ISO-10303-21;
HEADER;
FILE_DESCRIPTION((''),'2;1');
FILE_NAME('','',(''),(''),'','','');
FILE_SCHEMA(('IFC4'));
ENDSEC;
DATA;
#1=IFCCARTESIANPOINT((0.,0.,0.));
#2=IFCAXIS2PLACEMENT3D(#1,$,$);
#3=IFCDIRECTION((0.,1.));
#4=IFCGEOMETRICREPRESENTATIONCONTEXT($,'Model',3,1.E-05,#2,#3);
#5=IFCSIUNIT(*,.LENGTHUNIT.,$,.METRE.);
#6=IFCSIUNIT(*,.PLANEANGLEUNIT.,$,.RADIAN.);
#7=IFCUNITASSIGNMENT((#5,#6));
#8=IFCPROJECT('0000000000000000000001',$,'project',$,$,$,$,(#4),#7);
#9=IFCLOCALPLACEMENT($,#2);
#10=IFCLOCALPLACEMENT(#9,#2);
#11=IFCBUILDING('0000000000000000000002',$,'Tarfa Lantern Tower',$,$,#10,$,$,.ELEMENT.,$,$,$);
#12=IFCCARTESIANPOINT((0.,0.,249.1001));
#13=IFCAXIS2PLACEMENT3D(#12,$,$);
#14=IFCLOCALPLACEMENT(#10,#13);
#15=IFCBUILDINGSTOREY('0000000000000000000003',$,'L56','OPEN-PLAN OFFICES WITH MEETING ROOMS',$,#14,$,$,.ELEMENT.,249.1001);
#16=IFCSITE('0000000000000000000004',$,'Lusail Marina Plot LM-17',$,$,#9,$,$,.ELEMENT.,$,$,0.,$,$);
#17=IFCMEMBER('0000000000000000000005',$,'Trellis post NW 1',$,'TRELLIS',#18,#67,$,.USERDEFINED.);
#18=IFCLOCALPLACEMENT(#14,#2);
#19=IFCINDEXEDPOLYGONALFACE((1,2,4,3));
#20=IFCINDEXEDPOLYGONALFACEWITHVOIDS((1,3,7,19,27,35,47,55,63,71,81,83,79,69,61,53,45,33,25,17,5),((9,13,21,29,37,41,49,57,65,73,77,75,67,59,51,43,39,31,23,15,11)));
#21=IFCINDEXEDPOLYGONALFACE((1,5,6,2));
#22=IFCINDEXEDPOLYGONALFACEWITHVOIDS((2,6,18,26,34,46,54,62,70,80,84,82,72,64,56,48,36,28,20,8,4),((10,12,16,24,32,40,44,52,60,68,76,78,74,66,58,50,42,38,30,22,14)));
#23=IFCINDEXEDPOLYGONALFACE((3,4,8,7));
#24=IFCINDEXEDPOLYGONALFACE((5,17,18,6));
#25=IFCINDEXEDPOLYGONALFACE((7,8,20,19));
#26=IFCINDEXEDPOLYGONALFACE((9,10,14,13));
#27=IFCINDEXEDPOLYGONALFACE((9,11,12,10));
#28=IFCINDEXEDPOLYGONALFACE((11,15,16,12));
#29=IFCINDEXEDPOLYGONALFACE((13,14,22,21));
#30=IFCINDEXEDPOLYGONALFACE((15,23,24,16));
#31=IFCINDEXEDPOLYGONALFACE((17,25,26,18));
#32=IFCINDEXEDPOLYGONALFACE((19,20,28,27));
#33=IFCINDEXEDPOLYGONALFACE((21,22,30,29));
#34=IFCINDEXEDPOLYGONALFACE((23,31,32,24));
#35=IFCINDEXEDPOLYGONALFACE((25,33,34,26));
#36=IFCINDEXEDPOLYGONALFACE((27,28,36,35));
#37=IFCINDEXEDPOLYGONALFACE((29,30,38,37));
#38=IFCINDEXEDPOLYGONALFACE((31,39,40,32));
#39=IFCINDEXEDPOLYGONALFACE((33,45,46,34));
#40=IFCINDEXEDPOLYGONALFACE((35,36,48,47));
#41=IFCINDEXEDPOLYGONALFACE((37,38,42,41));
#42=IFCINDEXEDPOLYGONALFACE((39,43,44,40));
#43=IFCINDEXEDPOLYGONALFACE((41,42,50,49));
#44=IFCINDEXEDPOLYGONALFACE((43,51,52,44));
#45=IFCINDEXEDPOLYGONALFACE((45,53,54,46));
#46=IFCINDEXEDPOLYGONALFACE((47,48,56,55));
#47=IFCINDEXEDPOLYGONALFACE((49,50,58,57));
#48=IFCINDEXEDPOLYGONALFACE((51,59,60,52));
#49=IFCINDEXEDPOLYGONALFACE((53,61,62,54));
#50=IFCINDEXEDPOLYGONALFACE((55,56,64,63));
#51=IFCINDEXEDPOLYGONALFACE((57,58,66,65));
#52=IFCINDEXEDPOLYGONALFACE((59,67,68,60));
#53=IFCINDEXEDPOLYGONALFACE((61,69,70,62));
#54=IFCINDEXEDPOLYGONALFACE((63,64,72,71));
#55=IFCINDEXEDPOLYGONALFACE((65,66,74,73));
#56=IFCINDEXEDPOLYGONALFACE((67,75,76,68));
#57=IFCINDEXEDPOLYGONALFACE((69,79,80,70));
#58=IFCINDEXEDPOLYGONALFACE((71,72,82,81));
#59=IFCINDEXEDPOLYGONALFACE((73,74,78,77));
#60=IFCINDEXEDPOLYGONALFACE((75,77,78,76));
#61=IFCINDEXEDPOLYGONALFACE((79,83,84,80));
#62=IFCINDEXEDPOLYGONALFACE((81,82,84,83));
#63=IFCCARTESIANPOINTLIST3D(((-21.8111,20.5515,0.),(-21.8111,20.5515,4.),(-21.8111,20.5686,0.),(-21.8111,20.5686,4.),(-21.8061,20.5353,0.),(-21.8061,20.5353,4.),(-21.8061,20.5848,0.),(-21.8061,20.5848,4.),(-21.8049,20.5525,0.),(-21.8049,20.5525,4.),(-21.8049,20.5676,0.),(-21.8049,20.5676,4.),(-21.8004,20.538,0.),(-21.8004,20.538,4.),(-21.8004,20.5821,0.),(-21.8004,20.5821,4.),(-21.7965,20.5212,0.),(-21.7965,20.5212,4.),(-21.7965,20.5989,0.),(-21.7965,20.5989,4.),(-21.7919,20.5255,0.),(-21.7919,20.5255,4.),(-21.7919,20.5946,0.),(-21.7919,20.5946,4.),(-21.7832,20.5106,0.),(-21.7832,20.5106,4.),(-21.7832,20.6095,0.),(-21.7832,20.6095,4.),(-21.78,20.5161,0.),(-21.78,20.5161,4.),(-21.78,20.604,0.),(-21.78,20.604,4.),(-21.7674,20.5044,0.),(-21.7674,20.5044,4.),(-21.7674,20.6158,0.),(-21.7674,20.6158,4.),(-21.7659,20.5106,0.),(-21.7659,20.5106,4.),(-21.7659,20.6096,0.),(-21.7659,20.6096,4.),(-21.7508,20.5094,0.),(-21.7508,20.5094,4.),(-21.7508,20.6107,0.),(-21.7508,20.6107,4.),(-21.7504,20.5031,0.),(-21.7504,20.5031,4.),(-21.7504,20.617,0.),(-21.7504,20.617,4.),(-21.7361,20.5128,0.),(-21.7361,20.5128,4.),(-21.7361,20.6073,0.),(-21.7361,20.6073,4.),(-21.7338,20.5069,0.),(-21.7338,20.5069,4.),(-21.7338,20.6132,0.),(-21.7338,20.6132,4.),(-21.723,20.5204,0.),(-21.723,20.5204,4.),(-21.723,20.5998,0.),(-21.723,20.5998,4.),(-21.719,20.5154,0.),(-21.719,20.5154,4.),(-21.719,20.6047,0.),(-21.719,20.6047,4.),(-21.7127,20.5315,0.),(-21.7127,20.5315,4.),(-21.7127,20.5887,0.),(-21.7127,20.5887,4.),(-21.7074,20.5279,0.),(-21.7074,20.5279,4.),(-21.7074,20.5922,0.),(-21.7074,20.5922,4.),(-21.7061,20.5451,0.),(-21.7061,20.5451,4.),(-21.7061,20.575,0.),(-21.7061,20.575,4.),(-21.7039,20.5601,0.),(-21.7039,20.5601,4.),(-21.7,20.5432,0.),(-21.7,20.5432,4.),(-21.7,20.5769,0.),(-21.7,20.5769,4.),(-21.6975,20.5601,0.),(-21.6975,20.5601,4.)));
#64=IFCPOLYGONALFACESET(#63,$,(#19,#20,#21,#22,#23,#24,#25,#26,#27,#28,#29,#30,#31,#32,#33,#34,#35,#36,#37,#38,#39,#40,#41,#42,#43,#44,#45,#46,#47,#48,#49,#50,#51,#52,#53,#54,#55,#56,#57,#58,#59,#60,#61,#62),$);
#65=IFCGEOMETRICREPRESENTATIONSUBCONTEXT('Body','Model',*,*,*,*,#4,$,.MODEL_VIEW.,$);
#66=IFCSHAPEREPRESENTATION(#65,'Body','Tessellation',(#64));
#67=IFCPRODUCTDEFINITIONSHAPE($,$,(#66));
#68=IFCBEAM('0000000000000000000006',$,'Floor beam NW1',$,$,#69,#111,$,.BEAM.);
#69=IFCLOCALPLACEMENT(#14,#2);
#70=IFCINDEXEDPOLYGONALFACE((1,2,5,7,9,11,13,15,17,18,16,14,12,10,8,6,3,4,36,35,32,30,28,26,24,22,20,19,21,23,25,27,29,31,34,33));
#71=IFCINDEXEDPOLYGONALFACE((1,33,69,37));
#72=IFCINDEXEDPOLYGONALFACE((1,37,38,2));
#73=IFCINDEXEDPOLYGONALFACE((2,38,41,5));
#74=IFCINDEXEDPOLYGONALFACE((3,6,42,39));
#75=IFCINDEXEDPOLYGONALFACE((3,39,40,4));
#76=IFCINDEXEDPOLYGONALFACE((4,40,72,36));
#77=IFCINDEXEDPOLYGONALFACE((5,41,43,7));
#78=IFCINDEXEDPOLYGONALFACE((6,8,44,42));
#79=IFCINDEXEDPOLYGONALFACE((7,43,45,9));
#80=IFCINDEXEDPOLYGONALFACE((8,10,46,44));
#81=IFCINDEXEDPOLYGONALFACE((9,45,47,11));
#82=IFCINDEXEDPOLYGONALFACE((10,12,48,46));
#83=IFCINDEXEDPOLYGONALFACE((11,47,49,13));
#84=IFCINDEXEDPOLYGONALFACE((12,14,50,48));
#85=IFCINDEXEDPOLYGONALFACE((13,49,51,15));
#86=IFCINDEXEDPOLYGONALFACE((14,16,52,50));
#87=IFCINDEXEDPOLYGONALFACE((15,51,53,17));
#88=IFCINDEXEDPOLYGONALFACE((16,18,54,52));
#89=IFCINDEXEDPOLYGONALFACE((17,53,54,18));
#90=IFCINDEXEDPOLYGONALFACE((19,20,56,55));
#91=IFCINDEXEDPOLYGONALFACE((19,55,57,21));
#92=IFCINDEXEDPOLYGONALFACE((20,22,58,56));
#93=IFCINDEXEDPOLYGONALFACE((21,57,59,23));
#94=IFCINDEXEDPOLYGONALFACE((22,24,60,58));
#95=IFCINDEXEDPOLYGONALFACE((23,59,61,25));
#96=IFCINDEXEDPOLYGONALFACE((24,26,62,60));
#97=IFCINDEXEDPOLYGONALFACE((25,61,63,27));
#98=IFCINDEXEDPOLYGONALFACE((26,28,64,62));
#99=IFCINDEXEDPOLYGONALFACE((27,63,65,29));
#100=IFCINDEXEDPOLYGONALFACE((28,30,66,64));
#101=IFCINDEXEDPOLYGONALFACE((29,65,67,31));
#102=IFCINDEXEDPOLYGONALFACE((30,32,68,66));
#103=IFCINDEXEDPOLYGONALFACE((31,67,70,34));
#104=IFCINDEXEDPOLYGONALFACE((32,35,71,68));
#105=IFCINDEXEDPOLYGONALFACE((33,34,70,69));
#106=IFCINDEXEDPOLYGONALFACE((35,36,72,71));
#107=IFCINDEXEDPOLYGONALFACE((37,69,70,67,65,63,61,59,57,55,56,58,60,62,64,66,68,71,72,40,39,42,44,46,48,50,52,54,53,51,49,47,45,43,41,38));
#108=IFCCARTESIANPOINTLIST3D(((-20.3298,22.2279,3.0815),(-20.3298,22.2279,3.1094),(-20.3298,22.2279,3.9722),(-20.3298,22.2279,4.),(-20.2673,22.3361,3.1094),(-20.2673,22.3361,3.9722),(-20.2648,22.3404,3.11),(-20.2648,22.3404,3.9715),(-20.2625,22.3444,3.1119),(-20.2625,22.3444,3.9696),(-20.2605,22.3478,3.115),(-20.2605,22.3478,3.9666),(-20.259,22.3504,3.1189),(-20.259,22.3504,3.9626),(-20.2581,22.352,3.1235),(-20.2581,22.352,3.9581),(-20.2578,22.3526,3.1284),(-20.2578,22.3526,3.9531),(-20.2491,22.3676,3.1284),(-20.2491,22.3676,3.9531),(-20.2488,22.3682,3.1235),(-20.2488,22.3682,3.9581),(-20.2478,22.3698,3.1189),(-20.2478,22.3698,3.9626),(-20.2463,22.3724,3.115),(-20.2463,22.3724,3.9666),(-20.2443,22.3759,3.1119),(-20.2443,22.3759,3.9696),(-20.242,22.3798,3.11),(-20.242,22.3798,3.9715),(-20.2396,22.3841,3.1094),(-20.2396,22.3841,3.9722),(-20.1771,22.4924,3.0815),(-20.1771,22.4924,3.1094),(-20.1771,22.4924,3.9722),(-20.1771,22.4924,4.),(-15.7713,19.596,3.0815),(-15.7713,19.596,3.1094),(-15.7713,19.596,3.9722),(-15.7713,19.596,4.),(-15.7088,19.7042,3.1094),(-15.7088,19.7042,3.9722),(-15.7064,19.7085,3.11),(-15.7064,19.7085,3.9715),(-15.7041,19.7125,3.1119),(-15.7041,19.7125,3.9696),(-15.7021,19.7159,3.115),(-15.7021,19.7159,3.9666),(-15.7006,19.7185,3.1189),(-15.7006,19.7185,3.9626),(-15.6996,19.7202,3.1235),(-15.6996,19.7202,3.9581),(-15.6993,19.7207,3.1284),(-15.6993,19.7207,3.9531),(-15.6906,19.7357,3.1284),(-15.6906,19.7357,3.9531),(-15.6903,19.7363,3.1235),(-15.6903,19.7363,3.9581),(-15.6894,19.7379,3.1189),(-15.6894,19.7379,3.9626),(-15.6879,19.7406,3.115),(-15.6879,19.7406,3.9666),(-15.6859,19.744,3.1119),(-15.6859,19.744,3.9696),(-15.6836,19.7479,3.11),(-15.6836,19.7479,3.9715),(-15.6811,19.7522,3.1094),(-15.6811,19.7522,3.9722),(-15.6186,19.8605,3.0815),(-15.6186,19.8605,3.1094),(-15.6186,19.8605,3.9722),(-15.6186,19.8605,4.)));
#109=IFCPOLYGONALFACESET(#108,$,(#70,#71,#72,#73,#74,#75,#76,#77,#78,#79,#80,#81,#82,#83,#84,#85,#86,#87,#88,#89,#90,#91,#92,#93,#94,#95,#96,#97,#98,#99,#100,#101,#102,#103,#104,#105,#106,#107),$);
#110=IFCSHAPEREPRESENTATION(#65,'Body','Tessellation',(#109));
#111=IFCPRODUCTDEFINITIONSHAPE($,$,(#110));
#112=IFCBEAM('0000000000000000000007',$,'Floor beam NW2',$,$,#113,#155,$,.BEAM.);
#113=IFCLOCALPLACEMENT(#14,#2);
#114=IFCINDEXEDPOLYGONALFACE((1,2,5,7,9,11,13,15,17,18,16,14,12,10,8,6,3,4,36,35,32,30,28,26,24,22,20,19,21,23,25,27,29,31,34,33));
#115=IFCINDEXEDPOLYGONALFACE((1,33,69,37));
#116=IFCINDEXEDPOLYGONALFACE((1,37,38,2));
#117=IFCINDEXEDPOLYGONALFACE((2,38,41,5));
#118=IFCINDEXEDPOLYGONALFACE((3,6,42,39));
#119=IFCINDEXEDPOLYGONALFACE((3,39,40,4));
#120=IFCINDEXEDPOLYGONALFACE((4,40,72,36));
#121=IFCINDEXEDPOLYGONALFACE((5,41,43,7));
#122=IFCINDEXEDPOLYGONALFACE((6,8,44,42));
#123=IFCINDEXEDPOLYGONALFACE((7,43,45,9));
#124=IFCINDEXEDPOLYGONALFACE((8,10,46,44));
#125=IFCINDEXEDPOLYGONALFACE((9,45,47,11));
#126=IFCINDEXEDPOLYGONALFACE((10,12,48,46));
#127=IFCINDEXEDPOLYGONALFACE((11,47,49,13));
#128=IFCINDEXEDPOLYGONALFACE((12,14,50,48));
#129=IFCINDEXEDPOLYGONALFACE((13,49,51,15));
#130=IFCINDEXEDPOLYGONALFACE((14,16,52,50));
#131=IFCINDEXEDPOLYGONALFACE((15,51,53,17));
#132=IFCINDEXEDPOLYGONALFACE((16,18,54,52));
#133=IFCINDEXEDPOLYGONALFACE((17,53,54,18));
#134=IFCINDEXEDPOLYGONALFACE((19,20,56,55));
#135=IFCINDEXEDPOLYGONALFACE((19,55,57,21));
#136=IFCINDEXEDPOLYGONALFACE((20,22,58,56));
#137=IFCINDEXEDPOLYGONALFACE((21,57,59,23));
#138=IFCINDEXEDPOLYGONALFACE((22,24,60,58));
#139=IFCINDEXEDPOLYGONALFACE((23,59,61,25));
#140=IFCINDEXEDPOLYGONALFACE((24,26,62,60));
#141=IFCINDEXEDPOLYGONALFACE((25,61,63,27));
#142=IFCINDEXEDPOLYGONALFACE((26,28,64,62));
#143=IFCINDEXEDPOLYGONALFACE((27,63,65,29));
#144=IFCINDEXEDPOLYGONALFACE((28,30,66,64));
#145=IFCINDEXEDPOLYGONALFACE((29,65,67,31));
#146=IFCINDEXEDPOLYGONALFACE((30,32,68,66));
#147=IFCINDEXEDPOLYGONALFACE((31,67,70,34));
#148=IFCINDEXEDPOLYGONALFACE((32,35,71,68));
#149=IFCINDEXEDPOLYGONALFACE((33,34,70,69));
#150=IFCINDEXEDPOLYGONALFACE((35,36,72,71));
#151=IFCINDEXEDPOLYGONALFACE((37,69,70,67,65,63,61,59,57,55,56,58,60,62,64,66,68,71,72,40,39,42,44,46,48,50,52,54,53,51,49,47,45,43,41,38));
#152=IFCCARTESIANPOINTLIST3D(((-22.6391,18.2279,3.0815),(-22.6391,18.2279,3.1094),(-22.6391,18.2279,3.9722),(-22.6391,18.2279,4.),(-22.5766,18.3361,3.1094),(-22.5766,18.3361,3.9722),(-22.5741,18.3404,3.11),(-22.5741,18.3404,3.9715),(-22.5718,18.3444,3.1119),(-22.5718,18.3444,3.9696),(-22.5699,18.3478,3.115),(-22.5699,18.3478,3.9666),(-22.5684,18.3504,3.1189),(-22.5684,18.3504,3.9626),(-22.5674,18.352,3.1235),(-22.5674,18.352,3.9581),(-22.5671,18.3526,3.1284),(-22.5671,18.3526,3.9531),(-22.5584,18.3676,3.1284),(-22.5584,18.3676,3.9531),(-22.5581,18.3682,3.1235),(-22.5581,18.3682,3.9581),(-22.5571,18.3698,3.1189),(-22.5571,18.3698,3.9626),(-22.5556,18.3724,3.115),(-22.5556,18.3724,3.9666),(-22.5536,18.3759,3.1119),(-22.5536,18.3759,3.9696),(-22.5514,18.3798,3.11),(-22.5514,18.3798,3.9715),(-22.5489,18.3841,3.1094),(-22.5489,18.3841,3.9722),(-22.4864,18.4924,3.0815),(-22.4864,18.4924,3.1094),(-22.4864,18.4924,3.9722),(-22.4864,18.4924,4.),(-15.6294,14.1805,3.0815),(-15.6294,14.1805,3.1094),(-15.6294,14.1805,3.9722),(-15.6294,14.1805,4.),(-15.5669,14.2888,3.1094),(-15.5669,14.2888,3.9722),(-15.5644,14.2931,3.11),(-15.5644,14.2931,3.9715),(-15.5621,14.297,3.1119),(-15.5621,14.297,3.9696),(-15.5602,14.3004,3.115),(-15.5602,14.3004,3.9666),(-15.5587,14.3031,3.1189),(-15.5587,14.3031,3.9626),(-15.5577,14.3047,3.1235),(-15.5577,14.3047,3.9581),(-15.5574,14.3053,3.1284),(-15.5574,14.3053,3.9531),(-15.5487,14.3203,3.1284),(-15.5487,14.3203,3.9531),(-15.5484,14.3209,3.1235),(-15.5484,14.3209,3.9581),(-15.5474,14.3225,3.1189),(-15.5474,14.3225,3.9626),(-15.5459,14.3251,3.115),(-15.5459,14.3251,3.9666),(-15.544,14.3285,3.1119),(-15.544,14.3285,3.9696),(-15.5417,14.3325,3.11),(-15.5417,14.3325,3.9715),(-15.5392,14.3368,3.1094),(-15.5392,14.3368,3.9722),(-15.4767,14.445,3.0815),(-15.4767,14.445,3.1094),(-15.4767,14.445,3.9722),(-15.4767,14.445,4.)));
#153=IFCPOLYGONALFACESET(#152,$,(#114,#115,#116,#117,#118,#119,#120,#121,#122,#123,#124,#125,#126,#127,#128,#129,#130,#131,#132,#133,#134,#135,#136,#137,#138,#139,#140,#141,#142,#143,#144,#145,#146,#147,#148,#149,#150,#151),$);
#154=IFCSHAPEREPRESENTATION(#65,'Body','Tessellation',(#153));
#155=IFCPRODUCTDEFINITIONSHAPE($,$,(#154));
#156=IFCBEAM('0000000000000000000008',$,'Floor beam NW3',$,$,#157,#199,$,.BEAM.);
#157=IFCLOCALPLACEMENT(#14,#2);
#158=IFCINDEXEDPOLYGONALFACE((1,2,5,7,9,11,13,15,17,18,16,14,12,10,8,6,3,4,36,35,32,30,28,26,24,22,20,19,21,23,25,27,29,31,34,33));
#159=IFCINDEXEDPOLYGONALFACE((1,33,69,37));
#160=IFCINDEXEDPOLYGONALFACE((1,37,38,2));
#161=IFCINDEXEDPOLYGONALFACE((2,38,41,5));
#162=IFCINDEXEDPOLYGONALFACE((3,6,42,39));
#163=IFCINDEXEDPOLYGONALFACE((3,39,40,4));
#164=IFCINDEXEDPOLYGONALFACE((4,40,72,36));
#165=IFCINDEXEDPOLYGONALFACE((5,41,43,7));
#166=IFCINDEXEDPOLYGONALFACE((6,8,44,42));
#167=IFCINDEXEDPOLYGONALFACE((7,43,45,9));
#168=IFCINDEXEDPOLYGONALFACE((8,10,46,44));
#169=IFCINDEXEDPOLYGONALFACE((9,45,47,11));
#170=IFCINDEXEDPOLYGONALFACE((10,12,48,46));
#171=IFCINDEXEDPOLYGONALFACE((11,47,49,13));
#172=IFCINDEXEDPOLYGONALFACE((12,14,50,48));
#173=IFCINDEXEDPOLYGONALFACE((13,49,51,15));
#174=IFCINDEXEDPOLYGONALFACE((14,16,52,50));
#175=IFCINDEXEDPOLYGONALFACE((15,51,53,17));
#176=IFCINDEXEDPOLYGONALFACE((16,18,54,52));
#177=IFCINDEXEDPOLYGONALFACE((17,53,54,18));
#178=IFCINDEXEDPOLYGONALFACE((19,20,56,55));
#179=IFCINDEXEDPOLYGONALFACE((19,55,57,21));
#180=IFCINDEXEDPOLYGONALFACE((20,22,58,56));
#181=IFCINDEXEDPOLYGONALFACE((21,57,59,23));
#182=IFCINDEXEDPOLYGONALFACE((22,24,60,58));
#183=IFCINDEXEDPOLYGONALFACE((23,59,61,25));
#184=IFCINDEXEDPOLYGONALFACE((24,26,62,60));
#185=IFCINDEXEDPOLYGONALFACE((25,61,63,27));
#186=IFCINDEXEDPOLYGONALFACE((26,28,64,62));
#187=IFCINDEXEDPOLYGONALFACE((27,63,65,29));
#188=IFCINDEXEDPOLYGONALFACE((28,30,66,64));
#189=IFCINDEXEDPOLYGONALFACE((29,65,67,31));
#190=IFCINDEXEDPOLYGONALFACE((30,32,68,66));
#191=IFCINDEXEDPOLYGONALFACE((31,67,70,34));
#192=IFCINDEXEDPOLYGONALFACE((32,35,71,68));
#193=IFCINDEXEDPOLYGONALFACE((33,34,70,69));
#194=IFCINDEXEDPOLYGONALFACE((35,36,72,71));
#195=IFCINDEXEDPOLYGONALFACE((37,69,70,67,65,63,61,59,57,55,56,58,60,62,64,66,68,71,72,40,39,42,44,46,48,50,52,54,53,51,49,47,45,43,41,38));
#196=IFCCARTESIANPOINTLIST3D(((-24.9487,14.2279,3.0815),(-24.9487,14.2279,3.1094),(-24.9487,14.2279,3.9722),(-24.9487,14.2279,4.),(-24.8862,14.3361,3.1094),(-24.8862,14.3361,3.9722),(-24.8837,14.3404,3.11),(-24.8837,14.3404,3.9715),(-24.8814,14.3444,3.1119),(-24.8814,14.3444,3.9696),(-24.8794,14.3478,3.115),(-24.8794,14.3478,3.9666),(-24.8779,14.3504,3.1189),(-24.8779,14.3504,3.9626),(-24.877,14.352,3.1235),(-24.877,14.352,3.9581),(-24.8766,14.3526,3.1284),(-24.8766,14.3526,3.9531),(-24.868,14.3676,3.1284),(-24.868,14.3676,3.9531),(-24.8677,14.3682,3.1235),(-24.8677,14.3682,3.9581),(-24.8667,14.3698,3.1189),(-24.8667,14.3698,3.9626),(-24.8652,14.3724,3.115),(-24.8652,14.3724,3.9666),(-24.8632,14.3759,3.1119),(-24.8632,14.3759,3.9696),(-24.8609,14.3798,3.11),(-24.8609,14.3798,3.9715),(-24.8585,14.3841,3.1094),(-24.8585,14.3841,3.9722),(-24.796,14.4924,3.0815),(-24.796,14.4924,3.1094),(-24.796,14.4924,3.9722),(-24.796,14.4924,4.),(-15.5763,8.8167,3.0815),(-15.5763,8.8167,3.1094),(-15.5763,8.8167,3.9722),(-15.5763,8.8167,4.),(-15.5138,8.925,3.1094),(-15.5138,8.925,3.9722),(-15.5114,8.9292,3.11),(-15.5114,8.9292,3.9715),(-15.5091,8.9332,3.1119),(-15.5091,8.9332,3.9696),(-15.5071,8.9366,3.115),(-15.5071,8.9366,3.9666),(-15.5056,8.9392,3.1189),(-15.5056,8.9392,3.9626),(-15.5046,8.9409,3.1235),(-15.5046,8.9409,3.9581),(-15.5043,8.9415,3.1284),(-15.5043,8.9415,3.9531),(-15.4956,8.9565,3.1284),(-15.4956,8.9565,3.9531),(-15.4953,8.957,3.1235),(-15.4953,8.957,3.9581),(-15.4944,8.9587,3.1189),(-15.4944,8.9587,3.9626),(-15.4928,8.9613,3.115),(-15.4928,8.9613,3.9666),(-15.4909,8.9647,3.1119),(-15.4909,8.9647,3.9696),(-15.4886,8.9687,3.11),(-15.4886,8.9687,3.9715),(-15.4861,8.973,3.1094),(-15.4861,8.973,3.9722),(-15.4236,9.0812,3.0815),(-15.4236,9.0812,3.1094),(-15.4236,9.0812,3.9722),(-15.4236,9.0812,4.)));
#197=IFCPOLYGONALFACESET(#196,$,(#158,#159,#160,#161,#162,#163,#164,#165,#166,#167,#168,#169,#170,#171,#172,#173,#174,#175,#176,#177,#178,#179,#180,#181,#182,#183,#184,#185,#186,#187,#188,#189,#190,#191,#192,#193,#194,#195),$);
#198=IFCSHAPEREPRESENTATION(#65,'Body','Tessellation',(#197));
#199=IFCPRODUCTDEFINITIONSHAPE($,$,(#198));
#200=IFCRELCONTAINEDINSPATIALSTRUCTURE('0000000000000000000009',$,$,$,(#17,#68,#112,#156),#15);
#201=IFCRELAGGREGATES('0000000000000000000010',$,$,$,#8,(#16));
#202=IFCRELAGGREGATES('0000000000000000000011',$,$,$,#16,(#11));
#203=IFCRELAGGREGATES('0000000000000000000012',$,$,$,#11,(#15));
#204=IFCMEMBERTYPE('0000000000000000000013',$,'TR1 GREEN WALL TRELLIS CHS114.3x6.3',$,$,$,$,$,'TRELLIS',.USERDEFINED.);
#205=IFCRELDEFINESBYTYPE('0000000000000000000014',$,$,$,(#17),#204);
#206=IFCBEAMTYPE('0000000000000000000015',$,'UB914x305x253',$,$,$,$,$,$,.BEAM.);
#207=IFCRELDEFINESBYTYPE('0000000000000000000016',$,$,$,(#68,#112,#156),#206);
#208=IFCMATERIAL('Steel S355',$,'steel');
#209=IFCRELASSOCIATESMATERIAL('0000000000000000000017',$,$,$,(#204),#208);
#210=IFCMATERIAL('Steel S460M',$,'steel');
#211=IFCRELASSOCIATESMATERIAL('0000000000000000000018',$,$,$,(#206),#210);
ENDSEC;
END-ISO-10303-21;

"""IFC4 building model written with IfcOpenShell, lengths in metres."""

from ifc_helpers import new_model, si_unit, direction, frame, origin, origin_2d, place, context, subcontext, project, spatial, hollow_circle, i_section, extrude, material, material_profile, profile_set, type_object, element, save


model = new_model("IFC4")

# Units and contexts
model_context = context("Model", 3, precision=1e-05, world=origin(), true_north=direction((0.0, 1.0)))
body_context = subcontext(model_context, "Body", "Model", "MODEL_VIEW")
ifc_project = project(units=[si_unit("LENGTHUNIT", "METRE"), si_unit("PLANEANGLEUNIT", "RADIAN")], contexts=[model_context])

# Site, building, storey
site_placement = place(None, origin())
site = spatial("IfcSite", under=ifc_project, at=site_placement, Name="Lusail Marina Plot LM-17", CompositionType="ELEMENT", RefElevation=0.0)
building_placement = place(site_placement, origin())
building = spatial("IfcBuilding", under=site, at=building_placement, Name="Tarfa Lantern Tower", CompositionType="ELEMENT")
storey_placement = place(building_placement, frame((0.0, 0.0, 249.1001)))
storey = spatial("IfcBuildingStorey", under=building, at=storey_placement, Name="L56", Description="OPEN-PLAN OFFICES WITH MEETING ROOMS", CompositionType="ELEMENT", Elevation=249.1001)

# Member
ifc_material_1 = material(Name="Steel S355", Category="steel")
ifc_material_profile_1 = material_profile(ifc_material_1, hollow_circle(Radius=0.0571, WallThickness=0.0063, at=origin_2d()), Name="CHS114.3x6.3")
ifc_profile_set_1 = profile_set([ifc_material_profile_1], Name="Steel S355")
member_type_1 = type_object("IfcMemberType", Name="TR1 GREEN WALL TRELLIS CHS114.3x6.3", ElementType="TRELLIS", PredefinedType="USERDEFINED", material=ifc_profile_set_1)
member_1_placement = place(storey_placement, frame((-21.7546, 20.5601, 0.0), z_axis=(0.0, 0.0, 1.0), x_axis=(1.0, 0.0, 0.0)))
element("IfcMember", 1, at=member_1_placement, inside=storey, type_object=member_type_1, Name="Trellis post NW 1", ObjectType="TRELLIS", PredefinedType="USERDEFINED", context=body_context, shape_type="SweptSolid", body=[
    extrude(hollow_circle(Radius=0.0571, WallThickness=0.0063, at=origin_2d()), origin(), (0.0, 0.0, 1.0), 4.0),
])

# Beams
ifc_material_2 = material(Name="Steel S460M", Category="steel")
ifc_material_profile_2 = material_profile(ifc_material_2, i_section(OverallWidth=0.3054, OverallDepth=0.9185, WebThickness=0.0173, FlangeThickness=0.0278, FilletRadius=0.019, at=origin_2d()), Name="UB914x305x253")
ifc_profile_set_2 = profile_set([ifc_material_profile_2], Name="Steel S460M")
beam_type_1 = type_object("IfcBeamType", Name="UB914x305x253", PredefinedType="BEAM", material=ifc_profile_set_2)
beam_1_placement = place(storey_placement, frame((-20.2534, 22.3601, 3.5408), z_axis=(0.86602, -0.50001, 0.0), x_axis=(0.50001, 0.86602, 0.0)))
element("IfcBeam", 2, at=beam_1_placement, inside=storey, type_object=beam_type_1, Name="Floor beam NW1", PredefinedType="BEAM", context=body_context, shape_type="SweptSolid", body=[
    extrude(i_section(OverallWidth=0.3054, OverallDepth=0.9185, WebThickness=0.0173, FlangeThickness=0.0278, FilletRadius=0.019, at=origin_2d()), origin(), (0.0, 0.0, 1.0), 5.2637),
])
beam_2_placement = place(storey_placement, frame((-22.5627, 18.3601, 3.5408), z_axis=(0.866011, -0.500025, 0.0), x_axis=(0.500025, 0.866011, 0.0)))
element("IfcBeam", 3, at=beam_2_placement, inside=storey, type_object=beam_type_1, Name="Floor beam NW2", PredefinedType="BEAM", context=body_context, shape_type="SweptSolid", body=[
    extrude(i_section(OverallWidth=0.3054, OverallDepth=0.9185, WebThickness=0.0173, FlangeThickness=0.0278, FilletRadius=0.019, at=origin_2d()), origin(), (0.0, 0.0, 1.0), 8.0942),
])
beam_3_placement = place(storey_placement, frame((-24.8723, 14.3601, 3.5408), z_axis=(0.866024, -0.500002, 0.0), x_axis=(0.500002, 0.866024, 0.0)))
element("IfcBeam", 4, at=beam_3_placement, inside=storey, type_object=beam_type_1, Name="Floor beam NW3", PredefinedType="BEAM", context=body_context, shape_type="SweptSolid", body=[
    extrude(i_section(OverallWidth=0.3054, OverallDepth=0.9185, WebThickness=0.0173, FlangeThickness=0.0278, FilletRadius=0.019, at=origin_2d()), origin(), (0.0, 0.0, 1.0), 10.8223),
])

save(model, "model.ifc")
